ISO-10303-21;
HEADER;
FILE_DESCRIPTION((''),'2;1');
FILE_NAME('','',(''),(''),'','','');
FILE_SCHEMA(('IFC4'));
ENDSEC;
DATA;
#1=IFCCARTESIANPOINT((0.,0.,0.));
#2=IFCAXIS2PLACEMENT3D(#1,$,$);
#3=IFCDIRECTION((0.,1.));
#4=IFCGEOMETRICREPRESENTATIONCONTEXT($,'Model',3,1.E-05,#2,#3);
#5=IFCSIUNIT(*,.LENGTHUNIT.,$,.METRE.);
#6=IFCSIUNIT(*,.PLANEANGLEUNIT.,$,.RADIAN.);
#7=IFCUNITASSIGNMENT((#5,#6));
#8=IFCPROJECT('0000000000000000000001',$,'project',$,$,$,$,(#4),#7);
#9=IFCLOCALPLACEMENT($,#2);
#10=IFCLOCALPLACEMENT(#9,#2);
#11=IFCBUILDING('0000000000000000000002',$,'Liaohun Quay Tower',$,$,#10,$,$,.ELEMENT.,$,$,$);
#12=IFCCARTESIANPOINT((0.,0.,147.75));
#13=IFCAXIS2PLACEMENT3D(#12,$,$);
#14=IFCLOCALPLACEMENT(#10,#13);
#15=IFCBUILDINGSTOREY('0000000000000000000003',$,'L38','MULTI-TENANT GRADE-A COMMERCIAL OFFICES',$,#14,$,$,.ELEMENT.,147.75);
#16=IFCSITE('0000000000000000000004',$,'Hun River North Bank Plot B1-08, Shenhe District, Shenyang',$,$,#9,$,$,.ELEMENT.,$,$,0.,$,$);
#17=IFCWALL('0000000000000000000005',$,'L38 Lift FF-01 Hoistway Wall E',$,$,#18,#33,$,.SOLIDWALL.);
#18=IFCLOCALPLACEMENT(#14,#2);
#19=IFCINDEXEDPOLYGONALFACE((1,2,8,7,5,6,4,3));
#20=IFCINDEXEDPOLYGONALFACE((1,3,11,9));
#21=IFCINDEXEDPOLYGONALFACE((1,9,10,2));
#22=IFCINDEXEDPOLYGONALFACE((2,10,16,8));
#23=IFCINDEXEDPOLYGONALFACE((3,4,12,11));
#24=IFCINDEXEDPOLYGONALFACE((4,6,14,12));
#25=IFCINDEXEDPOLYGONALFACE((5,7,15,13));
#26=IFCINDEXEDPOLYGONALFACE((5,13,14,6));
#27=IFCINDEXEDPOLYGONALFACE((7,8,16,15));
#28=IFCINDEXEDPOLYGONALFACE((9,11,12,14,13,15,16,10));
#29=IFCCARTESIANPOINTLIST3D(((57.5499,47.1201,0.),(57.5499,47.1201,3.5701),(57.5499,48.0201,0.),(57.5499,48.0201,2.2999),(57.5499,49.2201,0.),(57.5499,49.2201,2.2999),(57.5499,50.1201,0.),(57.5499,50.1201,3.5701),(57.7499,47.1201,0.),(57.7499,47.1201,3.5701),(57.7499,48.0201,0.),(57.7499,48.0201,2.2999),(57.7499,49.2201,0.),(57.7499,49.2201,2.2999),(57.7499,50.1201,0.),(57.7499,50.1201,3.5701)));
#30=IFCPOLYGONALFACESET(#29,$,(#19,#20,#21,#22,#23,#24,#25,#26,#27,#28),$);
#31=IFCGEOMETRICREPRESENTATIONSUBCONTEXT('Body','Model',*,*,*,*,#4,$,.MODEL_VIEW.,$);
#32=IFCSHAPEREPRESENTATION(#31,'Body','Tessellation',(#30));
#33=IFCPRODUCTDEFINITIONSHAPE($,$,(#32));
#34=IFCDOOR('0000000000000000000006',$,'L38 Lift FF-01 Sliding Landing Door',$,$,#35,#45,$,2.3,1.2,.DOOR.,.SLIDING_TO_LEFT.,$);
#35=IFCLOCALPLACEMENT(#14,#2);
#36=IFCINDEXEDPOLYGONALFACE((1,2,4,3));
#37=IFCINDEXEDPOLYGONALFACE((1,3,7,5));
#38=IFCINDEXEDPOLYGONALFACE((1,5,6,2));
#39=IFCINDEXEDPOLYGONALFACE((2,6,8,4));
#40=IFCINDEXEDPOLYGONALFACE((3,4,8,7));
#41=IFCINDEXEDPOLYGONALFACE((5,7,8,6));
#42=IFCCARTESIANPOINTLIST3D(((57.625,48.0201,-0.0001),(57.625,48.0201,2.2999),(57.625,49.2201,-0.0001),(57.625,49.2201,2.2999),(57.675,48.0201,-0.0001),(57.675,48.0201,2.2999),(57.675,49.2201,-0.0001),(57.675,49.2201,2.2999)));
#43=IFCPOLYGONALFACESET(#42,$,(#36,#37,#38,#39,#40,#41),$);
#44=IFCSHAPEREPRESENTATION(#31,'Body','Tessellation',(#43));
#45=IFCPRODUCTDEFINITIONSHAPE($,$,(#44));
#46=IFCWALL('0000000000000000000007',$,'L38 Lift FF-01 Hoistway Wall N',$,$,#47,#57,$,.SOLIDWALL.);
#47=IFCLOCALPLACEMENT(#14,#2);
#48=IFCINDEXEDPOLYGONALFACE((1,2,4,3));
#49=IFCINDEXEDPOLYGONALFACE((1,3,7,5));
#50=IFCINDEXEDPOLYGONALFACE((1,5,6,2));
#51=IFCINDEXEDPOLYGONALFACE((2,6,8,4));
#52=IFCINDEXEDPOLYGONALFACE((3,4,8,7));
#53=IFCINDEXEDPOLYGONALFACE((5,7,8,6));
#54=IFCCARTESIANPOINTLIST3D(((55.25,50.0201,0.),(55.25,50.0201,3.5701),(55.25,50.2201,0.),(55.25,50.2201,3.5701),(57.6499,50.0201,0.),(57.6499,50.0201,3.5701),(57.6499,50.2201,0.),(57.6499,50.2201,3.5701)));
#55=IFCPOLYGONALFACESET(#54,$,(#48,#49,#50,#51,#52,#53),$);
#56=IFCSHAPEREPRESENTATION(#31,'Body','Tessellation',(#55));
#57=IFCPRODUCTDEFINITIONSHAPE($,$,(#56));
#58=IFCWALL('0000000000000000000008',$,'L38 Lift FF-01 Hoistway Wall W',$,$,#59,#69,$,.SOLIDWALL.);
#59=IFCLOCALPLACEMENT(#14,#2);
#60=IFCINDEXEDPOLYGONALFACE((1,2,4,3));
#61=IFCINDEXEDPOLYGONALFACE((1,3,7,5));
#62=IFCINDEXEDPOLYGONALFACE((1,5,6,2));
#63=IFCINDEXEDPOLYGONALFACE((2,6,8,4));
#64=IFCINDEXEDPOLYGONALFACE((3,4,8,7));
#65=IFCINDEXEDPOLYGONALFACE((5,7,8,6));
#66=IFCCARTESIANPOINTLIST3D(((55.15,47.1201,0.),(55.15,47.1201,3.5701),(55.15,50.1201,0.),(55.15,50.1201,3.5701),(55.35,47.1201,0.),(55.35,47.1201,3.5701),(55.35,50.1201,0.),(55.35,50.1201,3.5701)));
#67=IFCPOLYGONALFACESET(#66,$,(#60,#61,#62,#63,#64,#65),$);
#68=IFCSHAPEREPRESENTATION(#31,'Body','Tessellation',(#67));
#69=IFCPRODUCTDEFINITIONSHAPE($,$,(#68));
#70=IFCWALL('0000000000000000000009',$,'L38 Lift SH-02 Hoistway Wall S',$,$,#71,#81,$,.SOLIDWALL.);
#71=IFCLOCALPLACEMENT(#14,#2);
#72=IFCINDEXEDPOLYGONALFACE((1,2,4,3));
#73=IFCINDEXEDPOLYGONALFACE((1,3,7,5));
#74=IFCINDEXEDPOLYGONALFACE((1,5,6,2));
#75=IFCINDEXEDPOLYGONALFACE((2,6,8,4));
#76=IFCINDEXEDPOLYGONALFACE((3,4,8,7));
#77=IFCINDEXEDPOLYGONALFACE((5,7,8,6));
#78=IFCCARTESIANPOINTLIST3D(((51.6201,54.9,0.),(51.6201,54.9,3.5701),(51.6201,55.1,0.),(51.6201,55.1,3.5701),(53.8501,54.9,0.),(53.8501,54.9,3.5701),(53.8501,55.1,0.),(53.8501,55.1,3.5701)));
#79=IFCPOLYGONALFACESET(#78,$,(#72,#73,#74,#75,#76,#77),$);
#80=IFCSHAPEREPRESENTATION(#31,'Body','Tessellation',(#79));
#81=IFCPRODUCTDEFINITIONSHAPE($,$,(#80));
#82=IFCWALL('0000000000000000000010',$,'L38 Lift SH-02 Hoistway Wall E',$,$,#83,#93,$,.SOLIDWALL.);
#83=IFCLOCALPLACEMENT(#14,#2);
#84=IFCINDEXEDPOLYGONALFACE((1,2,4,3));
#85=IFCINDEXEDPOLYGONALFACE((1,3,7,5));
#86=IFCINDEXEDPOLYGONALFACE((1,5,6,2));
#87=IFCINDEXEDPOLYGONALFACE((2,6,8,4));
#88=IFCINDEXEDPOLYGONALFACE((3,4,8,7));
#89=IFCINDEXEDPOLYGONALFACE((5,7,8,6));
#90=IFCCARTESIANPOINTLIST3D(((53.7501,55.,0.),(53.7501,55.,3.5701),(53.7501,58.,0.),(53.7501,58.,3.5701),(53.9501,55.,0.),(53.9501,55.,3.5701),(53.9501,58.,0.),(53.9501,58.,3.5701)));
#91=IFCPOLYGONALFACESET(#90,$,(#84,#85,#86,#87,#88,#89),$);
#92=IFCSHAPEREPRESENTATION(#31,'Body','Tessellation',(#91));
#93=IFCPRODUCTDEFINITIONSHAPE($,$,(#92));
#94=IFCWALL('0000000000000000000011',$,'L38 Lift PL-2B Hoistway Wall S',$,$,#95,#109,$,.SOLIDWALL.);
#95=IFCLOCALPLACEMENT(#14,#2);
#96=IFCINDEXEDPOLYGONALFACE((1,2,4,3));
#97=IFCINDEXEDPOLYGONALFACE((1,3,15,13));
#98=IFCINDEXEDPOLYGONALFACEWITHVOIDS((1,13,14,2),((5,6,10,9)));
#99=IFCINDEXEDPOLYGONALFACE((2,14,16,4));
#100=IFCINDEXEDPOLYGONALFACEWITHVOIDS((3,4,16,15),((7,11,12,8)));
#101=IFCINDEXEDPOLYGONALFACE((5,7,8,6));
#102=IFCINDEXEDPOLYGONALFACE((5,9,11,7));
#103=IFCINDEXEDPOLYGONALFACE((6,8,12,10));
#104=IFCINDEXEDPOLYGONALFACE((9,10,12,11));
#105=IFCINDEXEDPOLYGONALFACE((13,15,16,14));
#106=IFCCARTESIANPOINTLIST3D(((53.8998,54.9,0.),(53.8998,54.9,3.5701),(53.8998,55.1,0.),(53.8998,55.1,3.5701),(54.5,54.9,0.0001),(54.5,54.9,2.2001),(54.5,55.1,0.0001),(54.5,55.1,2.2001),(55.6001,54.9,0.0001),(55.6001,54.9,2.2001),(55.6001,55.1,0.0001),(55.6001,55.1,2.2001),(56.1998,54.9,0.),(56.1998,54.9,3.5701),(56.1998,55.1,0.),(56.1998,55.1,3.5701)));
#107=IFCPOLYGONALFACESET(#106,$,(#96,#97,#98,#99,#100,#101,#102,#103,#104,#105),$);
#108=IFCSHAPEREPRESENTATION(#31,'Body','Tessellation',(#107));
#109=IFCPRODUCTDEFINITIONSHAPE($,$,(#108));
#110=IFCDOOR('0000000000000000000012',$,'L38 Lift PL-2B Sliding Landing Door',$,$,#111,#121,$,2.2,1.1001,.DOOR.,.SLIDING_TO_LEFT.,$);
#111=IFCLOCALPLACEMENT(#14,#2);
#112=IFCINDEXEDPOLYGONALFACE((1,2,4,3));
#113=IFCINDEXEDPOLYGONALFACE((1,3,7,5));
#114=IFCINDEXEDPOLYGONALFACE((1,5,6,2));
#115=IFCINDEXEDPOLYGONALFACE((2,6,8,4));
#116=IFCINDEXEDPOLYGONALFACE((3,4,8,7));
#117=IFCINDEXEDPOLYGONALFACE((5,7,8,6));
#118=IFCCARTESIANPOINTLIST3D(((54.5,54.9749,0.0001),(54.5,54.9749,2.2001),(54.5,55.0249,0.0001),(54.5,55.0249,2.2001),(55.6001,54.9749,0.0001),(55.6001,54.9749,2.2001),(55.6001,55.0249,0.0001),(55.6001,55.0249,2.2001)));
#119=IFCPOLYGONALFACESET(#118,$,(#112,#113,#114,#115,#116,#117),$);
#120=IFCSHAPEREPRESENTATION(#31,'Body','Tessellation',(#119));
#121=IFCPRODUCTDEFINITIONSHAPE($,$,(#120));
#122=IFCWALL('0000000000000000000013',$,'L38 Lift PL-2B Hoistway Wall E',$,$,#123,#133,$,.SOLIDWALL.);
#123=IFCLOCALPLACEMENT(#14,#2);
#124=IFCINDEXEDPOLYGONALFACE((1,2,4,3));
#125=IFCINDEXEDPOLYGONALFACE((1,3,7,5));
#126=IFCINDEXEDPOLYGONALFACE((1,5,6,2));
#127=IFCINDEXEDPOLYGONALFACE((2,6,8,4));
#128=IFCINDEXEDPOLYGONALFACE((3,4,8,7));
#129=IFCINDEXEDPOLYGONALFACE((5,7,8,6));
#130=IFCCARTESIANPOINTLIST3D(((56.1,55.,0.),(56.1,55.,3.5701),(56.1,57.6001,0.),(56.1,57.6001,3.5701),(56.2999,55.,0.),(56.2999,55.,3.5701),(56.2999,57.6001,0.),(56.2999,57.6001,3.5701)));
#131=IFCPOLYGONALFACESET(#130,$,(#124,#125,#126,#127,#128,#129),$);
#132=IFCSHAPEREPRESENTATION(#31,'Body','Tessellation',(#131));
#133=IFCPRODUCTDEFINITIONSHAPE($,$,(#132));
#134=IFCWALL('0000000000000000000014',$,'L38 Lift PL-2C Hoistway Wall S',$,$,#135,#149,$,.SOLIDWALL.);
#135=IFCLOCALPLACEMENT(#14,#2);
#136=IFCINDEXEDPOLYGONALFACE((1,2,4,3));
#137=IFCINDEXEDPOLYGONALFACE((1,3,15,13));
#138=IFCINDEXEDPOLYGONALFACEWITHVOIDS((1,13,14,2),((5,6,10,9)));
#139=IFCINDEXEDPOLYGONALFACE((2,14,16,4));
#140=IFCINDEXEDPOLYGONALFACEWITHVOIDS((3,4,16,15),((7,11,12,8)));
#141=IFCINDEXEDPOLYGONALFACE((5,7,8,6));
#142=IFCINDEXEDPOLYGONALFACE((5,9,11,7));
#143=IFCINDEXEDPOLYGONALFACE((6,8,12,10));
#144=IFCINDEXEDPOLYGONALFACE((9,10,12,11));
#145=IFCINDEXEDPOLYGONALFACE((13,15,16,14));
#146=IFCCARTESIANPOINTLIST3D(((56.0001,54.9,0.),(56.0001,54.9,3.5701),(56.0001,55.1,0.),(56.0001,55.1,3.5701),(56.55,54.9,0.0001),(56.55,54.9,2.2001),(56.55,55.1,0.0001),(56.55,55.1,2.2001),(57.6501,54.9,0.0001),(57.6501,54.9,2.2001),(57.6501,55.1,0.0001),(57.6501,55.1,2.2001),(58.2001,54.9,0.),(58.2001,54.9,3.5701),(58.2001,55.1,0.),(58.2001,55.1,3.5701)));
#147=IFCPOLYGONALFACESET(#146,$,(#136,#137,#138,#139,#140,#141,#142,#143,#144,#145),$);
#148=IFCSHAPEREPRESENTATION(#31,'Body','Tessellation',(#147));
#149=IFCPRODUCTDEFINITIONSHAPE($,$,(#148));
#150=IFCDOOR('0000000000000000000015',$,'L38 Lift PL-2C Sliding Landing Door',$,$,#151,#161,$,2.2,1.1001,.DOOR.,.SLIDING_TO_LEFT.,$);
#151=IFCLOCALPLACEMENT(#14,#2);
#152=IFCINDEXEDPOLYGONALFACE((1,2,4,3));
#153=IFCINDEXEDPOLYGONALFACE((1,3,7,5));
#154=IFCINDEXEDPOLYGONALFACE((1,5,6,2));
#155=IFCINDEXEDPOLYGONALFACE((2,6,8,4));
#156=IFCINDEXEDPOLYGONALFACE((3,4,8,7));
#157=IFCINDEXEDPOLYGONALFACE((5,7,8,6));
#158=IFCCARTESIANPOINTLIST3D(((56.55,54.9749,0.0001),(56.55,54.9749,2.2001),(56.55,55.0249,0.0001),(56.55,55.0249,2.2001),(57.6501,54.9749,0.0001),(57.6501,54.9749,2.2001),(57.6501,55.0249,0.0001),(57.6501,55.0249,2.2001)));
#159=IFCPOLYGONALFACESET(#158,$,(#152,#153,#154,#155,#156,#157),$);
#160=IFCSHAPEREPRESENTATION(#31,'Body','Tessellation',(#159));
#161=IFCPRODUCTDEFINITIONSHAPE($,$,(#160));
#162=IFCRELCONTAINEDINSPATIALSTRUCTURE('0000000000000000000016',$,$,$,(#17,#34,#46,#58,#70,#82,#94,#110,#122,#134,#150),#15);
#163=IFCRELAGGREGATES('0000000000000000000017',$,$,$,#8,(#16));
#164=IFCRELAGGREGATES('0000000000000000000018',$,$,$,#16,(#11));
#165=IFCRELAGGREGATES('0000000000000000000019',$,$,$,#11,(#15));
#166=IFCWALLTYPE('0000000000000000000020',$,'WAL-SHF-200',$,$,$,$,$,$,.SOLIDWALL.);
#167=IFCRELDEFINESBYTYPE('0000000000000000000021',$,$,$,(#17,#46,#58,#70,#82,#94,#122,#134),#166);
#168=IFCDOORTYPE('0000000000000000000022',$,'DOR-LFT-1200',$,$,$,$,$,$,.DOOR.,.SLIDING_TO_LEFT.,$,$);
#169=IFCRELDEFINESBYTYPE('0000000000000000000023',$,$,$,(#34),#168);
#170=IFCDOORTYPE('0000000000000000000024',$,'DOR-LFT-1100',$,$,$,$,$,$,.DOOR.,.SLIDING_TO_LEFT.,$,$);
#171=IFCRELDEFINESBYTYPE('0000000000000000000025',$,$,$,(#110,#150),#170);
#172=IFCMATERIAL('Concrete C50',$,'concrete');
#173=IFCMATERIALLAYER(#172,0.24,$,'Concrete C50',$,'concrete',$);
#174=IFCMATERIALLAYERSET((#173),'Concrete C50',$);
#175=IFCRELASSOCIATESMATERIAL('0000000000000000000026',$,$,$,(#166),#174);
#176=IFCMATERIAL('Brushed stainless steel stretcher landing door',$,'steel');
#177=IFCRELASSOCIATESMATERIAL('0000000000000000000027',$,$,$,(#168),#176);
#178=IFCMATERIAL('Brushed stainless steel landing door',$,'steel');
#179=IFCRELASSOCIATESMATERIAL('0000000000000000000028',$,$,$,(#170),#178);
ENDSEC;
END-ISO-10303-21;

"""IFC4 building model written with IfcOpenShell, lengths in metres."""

from ifc_helpers import new_model, si_unit, direction, frame, frame_2d, origin, place, context, subcontext, project, spatial, rectangle, extrude, source, transform, mapped, material, layer, layer_set, type_object, element, fill, save


model = new_model("IFC4")

# Units and contexts
model_context = context("Model", 3, precision=1e-05, world=origin(), true_north=direction((0.0, 1.0)))
body_context = subcontext(model_context, "Body", "Model", "MODEL_VIEW")
ifc_project = project(units=[si_unit("LENGTHUNIT", "METRE"), si_unit("PLANEANGLEUNIT", "RADIAN")], contexts=[model_context])

# Site, building, storey
site_placement = place(None, origin())
site = spatial("IfcSite", under=ifc_project, at=site_placement, Name="Hun River North Bank Plot B1-08, Shenhe District, Shenyang", CompositionType="ELEMENT", RefElevation=0.0)
building_placement = place(site_placement, origin())
building = spatial("IfcBuilding", under=site, at=building_placement, Name="Liaohun Quay Tower", CompositionType="ELEMENT")
storey_placement = place(building_placement, frame((0.0, 0.0, 147.75)))
storey = spatial("IfcBuildingStorey", under=building, at=storey_placement, Name="L38", Description="MULTI-TENANT GRADE-A COMMERCIAL OFFICES", CompositionType="ELEMENT", Elevation=147.75)

# Shared definitions
ifc_material_1 = material(Name="Concrete C50", Category="concrete")
ifc_layer_1 = layer(ifc_material_1, 0.24, Name="Concrete C50", Category="concrete")
ifc_layer_set_1 = layer_set([ifc_layer_1], Name="Concrete C50")
wall_type_1 = type_object("IfcWallType", Name="WAL-SHF-200", PredefinedType="SOLIDWALL", material=ifc_layer_set_1)

# Wall, opening, door
wall_1_placement = place(storey_placement, frame((57.6499, 47.1201, 0.0), z_axis=(0.0, 0.0, 1.0), x_axis=(0.0, 1.0, 0.0)))
wall_1 = element("IfcWall", 1, at=wall_1_placement, inside=storey, type_object=wall_type_1, Name="L38 Lift FF-01 Hoistway Wall E", PredefinedType="SOLIDWALL", context=body_context, shape_type="SweptSolid", body=[
    extrude(rectangle(XDim=3.0, YDim=0.2, at=frame_2d((1.5, 0.0))), origin(), (0.0, 0.0, 1.0), 3.5701),
])
shared_shape_1 = source(origin(), body_context, "Body", "SweptSolid", [
    extrude(rectangle(XDim=1.2, YDim=2.3, at=frame_2d((0.6001, 1.1499))), frame((0.0, 0.1099, 0.0), z_axis=(0.0, -1.0, 0.0), x_axis=(1.0, 0.0, 0.0)), (0.0, 0.0, 1.0), 0.22),
])
opening_1_placement = place(wall_1_placement, frame((0.8999, 0.0, 0.0)))
opening_1 = element("IfcOpeningElement", 2, at=opening_1_placement, cuts=wall_1, PredefinedType="OPENING", context=body_context, shape_type="MappedRepresentation", body=[
    mapped(shared_shape_1, transform((0.0, 0.0, 0.0), x_axis=(1.0, 0.0, 0.0), y_axis=(0.0, 1.0, 0.0), z_axis=(0.0, 0.0, 1.0), scale=1.0)),
])
ifc_material_2 = material(Name="Brushed stainless steel stretcher landing door", Category="steel")
door_type_1 = type_object("IfcDoorType", Name="DOR-LFT-1200", OperationType="SLIDING_TO_LEFT", PredefinedType="DOOR", material=ifc_material_2)
shared_shape_2 = source(origin(), body_context, "Body", "SweptSolid", [
    extrude(rectangle(XDim=1.2, YDim=2.3, at=frame_2d((0.6001, 1.1499))), frame((0.0, 0.0249, 0.0), z_axis=(0.0, -1.0, 0.0), x_axis=(1.0, 0.0, 0.0)), (0.0, 0.0, 1.0), 0.05),
])
door_1_placement = place(opening_1_placement, origin())
door_1 = element("IfcDoor", 3, at=door_1_placement, inside=storey, type_object=door_type_1, Name="L38 Lift FF-01 Sliding Landing Door", OperationType="SLIDING_TO_LEFT", OverallHeight=2.3, OverallWidth=1.2, PredefinedType="DOOR", context=body_context, shape_type="MappedRepresentation", body=[
    mapped(shared_shape_2, transform((0.0, 0.0, 0.0), x_axis=(1.0, 0.0, 0.0), y_axis=(0.0, 1.0, 0.0), z_axis=(0.0, 0.0, 1.0), scale=1.0)),
])
fill(opening_1, door_1)

# Walls
wall_2_placement = place(storey_placement, frame((57.6499, 50.1201, 0.0), z_axis=(0.0, 0.0, 1.0), x_axis=(-1.0, 0.0, 0.0)))
element("IfcWall", 4, at=wall_2_placement, inside=storey, type_object=wall_type_1, Name="L38 Lift FF-01 Hoistway Wall N", PredefinedType="SOLIDWALL", context=body_context, shape_type="SweptSolid", body=[
    extrude(rectangle(XDim=2.3999, YDim=0.2, at=frame_2d((1.2, 0.0))), origin(), (0.0, 0.0, 1.0), 3.5701),
])
wall_3_placement = place(storey_placement, frame((55.25, 50.1201, 0.0), z_axis=(0.0, 0.0, 1.0), x_axis=(0.0, -1.0, 0.0)))
element("IfcWall", 5, at=wall_3_placement, inside=storey, type_object=wall_type_1, Name="L38 Lift FF-01 Hoistway Wall W", PredefinedType="SOLIDWALL", context=body_context, shape_type="SweptSolid", body=[
    extrude(rectangle(XDim=3.0, YDim=0.2, at=frame_2d((1.5, 0.0))), origin(), (0.0, 0.0, 1.0), 3.5701),
])
wall_4_placement = place(storey_placement, frame((51.6201, 55.0, 0.0), z_axis=(0.0, 0.0, 1.0), x_axis=(1.0, 0.0, 0.0)))
element("IfcWall", 6, at=wall_4_placement, inside=storey, type_object=wall_type_1, Name="L38 Lift SH-02 Hoistway Wall S", PredefinedType="SOLIDWALL", context=body_context, shape_type="SweptSolid", body=[
    extrude(rectangle(XDim=2.23, YDim=0.2, at=frame_2d((1.115, 0.0))), origin(), (0.0, 0.0, 1.0), 3.5701),
])
wall_5_placement = place(storey_placement, frame((53.8501, 55.0, 0.0), z_axis=(0.0, 0.0, 1.0), x_axis=(0.0, 1.0, 0.0)))
element("IfcWall", 7, at=wall_5_placement, inside=storey, type_object=wall_type_1, Name="L38 Lift SH-02 Hoistway Wall E", PredefinedType="SOLIDWALL", context=body_context, shape_type="SweptSolid", body=[
    extrude(rectangle(XDim=3.0, YDim=0.2, at=frame_2d((1.5, 0.0))), origin(), (0.0, 0.0, 1.0), 3.5701),
])

# Wall, opening, door
wall_6_placement = place(storey_placement, frame((53.8999, 55.0, 0.0), z_axis=(0.0, 0.0, 1.0), x_axis=(1.0, 0.0, 0.0)))
wall_6 = element("IfcWall", 8, at=wall_6_placement, inside=storey, type_object=wall_type_1, Name="L38 Lift PL-2B Hoistway Wall S", PredefinedType="SOLIDWALL", context=body_context, shape_type="SweptSolid", body=[
    extrude(rectangle(XDim=2.3, YDim=0.2, at=frame_2d((1.1499, 0.0))), origin(), (0.0, 0.0, 1.0), 3.5701),
])
shared_shape_3 = source(origin(), body_context, "Body", "SweptSolid", [
    extrude(rectangle(XDim=1.1001, YDim=2.2, at=frame_2d((0.55, 1.1001))), frame((0.0, 0.1099, 0.0), z_axis=(0.0, -1.0, 0.0), x_axis=(1.0, 0.0, 0.0)), (0.0, 0.0, 1.0), 0.22),
])
opening_2_placement = place(wall_6_placement, frame((0.6001, 0.0, 0.0)))
opening_2 = element("IfcOpeningElement", 9, at=opening_2_placement, cuts=wall_6, PredefinedType="OPENING", context=body_context, shape_type="MappedRepresentation", body=[
    mapped(shared_shape_3, transform((0.0, 0.0, 0.0), x_axis=(1.0, 0.0, 0.0), y_axis=(0.0, 1.0, 0.0), z_axis=(0.0, 0.0, 1.0), scale=1.0)),
])
ifc_material_3 = material(Name="Brushed stainless steel landing door", Category="steel")
door_type_2 = type_object("IfcDoorType", Name="DOR-LFT-1100", OperationType="SLIDING_TO_LEFT", PredefinedType="DOOR", material=ifc_material_3)
shared_shape_4 = source(origin(), body_context, "Body", "SweptSolid", [
    extrude(rectangle(XDim=1.1001, YDim=2.2, at=frame_2d((0.55, 1.1001))), frame((0.0, 0.0249, 0.0), z_axis=(0.0, -1.0, 0.0), x_axis=(1.0, 0.0, 0.0)), (0.0, 0.0, 1.0), 0.05),
])
door_2_placement = place(opening_2_placement, origin())
door_2 = element("IfcDoor", 10, at=door_2_placement, inside=storey, type_object=door_type_2, Name="L38 Lift PL-2B Sliding Landing Door", OperationType="SLIDING_TO_LEFT", OverallHeight=2.2, OverallWidth=1.1001, PredefinedType="DOOR", context=body_context, shape_type="MappedRepresentation", body=[
    mapped(shared_shape_4, transform((0.0, 0.0, 0.0), x_axis=(1.0, 0.0, 0.0), y_axis=(0.0, 1.0, 0.0), z_axis=(0.0, 0.0, 1.0), scale=1.0)),
])
fill(opening_2, door_2)

# Wall
wall_7_placement = place(storey_placement, frame((56.2, 55.0, 0.0), z_axis=(0.0, 0.0, 1.0), x_axis=(0.0, 1.0, 0.0)))
element("IfcWall", 11, at=wall_7_placement, inside=storey, type_object=wall_type_1, Name="L38 Lift PL-2B Hoistway Wall E", PredefinedType="SOLIDWALL", context=body_context, shape_type="SweptSolid", body=[
    extrude(rectangle(XDim=2.6001, YDim=0.2, at=frame_2d((1.3, 0.0))), origin(), (0.0, 0.0, 1.0), 3.5701),
])

# Wall, opening, door
wall_8_placement = place(storey_placement, frame((56.0, 55.0, 0.0), z_axis=(0.0, 0.0, 1.0), x_axis=(1.0, 0.0, 0.0)))
wall_8 = element("IfcWall", 12, at=wall_8_placement, inside=storey, type_object=wall_type_1, Name="L38 Lift PL-2C Hoistway Wall S", PredefinedType="SOLIDWALL", context=body_context, shape_type="SweptSolid", body=[
    extrude(rectangle(XDim=2.2, YDim=0.2, at=frame_2d((1.1001, 0.0))), origin(), (0.0, 0.0, 1.0), 3.5701),
])
opening_3_placement = place(wall_8_placement, frame((0.55, 0.0, 0.0)))
opening_3 = element("IfcOpeningElement", 13, at=opening_3_placement, cuts=wall_8, PredefinedType="OPENING", context=body_context, shape_type="MappedRepresentation", body=[
    mapped(shared_shape_3, transform((0.0, 0.0, 0.0), x_axis=(1.0, 0.0, 0.0), y_axis=(0.0, 1.0, 0.0), z_axis=(0.0, 0.0, 1.0), scale=1.0)),
])
door_3_placement = place(opening_3_placement, origin())
door_3 = element("IfcDoor", 14, at=door_3_placement, inside=storey, type_object=door_type_2, Name="L38 Lift PL-2C Sliding Landing Door", OperationType="SLIDING_TO_LEFT", OverallHeight=2.2, OverallWidth=1.1001, PredefinedType="DOOR", context=body_context, shape_type="MappedRepresentation", body=[
    mapped(shared_shape_4, transform((0.0, 0.0, 0.0), x_axis=(1.0, 0.0, 0.0), y_axis=(0.0, 1.0, 0.0), z_axis=(0.0, 0.0, 1.0), scale=1.0)),
])
fill(opening_3, door_3)

save(model, "model.ifc")
